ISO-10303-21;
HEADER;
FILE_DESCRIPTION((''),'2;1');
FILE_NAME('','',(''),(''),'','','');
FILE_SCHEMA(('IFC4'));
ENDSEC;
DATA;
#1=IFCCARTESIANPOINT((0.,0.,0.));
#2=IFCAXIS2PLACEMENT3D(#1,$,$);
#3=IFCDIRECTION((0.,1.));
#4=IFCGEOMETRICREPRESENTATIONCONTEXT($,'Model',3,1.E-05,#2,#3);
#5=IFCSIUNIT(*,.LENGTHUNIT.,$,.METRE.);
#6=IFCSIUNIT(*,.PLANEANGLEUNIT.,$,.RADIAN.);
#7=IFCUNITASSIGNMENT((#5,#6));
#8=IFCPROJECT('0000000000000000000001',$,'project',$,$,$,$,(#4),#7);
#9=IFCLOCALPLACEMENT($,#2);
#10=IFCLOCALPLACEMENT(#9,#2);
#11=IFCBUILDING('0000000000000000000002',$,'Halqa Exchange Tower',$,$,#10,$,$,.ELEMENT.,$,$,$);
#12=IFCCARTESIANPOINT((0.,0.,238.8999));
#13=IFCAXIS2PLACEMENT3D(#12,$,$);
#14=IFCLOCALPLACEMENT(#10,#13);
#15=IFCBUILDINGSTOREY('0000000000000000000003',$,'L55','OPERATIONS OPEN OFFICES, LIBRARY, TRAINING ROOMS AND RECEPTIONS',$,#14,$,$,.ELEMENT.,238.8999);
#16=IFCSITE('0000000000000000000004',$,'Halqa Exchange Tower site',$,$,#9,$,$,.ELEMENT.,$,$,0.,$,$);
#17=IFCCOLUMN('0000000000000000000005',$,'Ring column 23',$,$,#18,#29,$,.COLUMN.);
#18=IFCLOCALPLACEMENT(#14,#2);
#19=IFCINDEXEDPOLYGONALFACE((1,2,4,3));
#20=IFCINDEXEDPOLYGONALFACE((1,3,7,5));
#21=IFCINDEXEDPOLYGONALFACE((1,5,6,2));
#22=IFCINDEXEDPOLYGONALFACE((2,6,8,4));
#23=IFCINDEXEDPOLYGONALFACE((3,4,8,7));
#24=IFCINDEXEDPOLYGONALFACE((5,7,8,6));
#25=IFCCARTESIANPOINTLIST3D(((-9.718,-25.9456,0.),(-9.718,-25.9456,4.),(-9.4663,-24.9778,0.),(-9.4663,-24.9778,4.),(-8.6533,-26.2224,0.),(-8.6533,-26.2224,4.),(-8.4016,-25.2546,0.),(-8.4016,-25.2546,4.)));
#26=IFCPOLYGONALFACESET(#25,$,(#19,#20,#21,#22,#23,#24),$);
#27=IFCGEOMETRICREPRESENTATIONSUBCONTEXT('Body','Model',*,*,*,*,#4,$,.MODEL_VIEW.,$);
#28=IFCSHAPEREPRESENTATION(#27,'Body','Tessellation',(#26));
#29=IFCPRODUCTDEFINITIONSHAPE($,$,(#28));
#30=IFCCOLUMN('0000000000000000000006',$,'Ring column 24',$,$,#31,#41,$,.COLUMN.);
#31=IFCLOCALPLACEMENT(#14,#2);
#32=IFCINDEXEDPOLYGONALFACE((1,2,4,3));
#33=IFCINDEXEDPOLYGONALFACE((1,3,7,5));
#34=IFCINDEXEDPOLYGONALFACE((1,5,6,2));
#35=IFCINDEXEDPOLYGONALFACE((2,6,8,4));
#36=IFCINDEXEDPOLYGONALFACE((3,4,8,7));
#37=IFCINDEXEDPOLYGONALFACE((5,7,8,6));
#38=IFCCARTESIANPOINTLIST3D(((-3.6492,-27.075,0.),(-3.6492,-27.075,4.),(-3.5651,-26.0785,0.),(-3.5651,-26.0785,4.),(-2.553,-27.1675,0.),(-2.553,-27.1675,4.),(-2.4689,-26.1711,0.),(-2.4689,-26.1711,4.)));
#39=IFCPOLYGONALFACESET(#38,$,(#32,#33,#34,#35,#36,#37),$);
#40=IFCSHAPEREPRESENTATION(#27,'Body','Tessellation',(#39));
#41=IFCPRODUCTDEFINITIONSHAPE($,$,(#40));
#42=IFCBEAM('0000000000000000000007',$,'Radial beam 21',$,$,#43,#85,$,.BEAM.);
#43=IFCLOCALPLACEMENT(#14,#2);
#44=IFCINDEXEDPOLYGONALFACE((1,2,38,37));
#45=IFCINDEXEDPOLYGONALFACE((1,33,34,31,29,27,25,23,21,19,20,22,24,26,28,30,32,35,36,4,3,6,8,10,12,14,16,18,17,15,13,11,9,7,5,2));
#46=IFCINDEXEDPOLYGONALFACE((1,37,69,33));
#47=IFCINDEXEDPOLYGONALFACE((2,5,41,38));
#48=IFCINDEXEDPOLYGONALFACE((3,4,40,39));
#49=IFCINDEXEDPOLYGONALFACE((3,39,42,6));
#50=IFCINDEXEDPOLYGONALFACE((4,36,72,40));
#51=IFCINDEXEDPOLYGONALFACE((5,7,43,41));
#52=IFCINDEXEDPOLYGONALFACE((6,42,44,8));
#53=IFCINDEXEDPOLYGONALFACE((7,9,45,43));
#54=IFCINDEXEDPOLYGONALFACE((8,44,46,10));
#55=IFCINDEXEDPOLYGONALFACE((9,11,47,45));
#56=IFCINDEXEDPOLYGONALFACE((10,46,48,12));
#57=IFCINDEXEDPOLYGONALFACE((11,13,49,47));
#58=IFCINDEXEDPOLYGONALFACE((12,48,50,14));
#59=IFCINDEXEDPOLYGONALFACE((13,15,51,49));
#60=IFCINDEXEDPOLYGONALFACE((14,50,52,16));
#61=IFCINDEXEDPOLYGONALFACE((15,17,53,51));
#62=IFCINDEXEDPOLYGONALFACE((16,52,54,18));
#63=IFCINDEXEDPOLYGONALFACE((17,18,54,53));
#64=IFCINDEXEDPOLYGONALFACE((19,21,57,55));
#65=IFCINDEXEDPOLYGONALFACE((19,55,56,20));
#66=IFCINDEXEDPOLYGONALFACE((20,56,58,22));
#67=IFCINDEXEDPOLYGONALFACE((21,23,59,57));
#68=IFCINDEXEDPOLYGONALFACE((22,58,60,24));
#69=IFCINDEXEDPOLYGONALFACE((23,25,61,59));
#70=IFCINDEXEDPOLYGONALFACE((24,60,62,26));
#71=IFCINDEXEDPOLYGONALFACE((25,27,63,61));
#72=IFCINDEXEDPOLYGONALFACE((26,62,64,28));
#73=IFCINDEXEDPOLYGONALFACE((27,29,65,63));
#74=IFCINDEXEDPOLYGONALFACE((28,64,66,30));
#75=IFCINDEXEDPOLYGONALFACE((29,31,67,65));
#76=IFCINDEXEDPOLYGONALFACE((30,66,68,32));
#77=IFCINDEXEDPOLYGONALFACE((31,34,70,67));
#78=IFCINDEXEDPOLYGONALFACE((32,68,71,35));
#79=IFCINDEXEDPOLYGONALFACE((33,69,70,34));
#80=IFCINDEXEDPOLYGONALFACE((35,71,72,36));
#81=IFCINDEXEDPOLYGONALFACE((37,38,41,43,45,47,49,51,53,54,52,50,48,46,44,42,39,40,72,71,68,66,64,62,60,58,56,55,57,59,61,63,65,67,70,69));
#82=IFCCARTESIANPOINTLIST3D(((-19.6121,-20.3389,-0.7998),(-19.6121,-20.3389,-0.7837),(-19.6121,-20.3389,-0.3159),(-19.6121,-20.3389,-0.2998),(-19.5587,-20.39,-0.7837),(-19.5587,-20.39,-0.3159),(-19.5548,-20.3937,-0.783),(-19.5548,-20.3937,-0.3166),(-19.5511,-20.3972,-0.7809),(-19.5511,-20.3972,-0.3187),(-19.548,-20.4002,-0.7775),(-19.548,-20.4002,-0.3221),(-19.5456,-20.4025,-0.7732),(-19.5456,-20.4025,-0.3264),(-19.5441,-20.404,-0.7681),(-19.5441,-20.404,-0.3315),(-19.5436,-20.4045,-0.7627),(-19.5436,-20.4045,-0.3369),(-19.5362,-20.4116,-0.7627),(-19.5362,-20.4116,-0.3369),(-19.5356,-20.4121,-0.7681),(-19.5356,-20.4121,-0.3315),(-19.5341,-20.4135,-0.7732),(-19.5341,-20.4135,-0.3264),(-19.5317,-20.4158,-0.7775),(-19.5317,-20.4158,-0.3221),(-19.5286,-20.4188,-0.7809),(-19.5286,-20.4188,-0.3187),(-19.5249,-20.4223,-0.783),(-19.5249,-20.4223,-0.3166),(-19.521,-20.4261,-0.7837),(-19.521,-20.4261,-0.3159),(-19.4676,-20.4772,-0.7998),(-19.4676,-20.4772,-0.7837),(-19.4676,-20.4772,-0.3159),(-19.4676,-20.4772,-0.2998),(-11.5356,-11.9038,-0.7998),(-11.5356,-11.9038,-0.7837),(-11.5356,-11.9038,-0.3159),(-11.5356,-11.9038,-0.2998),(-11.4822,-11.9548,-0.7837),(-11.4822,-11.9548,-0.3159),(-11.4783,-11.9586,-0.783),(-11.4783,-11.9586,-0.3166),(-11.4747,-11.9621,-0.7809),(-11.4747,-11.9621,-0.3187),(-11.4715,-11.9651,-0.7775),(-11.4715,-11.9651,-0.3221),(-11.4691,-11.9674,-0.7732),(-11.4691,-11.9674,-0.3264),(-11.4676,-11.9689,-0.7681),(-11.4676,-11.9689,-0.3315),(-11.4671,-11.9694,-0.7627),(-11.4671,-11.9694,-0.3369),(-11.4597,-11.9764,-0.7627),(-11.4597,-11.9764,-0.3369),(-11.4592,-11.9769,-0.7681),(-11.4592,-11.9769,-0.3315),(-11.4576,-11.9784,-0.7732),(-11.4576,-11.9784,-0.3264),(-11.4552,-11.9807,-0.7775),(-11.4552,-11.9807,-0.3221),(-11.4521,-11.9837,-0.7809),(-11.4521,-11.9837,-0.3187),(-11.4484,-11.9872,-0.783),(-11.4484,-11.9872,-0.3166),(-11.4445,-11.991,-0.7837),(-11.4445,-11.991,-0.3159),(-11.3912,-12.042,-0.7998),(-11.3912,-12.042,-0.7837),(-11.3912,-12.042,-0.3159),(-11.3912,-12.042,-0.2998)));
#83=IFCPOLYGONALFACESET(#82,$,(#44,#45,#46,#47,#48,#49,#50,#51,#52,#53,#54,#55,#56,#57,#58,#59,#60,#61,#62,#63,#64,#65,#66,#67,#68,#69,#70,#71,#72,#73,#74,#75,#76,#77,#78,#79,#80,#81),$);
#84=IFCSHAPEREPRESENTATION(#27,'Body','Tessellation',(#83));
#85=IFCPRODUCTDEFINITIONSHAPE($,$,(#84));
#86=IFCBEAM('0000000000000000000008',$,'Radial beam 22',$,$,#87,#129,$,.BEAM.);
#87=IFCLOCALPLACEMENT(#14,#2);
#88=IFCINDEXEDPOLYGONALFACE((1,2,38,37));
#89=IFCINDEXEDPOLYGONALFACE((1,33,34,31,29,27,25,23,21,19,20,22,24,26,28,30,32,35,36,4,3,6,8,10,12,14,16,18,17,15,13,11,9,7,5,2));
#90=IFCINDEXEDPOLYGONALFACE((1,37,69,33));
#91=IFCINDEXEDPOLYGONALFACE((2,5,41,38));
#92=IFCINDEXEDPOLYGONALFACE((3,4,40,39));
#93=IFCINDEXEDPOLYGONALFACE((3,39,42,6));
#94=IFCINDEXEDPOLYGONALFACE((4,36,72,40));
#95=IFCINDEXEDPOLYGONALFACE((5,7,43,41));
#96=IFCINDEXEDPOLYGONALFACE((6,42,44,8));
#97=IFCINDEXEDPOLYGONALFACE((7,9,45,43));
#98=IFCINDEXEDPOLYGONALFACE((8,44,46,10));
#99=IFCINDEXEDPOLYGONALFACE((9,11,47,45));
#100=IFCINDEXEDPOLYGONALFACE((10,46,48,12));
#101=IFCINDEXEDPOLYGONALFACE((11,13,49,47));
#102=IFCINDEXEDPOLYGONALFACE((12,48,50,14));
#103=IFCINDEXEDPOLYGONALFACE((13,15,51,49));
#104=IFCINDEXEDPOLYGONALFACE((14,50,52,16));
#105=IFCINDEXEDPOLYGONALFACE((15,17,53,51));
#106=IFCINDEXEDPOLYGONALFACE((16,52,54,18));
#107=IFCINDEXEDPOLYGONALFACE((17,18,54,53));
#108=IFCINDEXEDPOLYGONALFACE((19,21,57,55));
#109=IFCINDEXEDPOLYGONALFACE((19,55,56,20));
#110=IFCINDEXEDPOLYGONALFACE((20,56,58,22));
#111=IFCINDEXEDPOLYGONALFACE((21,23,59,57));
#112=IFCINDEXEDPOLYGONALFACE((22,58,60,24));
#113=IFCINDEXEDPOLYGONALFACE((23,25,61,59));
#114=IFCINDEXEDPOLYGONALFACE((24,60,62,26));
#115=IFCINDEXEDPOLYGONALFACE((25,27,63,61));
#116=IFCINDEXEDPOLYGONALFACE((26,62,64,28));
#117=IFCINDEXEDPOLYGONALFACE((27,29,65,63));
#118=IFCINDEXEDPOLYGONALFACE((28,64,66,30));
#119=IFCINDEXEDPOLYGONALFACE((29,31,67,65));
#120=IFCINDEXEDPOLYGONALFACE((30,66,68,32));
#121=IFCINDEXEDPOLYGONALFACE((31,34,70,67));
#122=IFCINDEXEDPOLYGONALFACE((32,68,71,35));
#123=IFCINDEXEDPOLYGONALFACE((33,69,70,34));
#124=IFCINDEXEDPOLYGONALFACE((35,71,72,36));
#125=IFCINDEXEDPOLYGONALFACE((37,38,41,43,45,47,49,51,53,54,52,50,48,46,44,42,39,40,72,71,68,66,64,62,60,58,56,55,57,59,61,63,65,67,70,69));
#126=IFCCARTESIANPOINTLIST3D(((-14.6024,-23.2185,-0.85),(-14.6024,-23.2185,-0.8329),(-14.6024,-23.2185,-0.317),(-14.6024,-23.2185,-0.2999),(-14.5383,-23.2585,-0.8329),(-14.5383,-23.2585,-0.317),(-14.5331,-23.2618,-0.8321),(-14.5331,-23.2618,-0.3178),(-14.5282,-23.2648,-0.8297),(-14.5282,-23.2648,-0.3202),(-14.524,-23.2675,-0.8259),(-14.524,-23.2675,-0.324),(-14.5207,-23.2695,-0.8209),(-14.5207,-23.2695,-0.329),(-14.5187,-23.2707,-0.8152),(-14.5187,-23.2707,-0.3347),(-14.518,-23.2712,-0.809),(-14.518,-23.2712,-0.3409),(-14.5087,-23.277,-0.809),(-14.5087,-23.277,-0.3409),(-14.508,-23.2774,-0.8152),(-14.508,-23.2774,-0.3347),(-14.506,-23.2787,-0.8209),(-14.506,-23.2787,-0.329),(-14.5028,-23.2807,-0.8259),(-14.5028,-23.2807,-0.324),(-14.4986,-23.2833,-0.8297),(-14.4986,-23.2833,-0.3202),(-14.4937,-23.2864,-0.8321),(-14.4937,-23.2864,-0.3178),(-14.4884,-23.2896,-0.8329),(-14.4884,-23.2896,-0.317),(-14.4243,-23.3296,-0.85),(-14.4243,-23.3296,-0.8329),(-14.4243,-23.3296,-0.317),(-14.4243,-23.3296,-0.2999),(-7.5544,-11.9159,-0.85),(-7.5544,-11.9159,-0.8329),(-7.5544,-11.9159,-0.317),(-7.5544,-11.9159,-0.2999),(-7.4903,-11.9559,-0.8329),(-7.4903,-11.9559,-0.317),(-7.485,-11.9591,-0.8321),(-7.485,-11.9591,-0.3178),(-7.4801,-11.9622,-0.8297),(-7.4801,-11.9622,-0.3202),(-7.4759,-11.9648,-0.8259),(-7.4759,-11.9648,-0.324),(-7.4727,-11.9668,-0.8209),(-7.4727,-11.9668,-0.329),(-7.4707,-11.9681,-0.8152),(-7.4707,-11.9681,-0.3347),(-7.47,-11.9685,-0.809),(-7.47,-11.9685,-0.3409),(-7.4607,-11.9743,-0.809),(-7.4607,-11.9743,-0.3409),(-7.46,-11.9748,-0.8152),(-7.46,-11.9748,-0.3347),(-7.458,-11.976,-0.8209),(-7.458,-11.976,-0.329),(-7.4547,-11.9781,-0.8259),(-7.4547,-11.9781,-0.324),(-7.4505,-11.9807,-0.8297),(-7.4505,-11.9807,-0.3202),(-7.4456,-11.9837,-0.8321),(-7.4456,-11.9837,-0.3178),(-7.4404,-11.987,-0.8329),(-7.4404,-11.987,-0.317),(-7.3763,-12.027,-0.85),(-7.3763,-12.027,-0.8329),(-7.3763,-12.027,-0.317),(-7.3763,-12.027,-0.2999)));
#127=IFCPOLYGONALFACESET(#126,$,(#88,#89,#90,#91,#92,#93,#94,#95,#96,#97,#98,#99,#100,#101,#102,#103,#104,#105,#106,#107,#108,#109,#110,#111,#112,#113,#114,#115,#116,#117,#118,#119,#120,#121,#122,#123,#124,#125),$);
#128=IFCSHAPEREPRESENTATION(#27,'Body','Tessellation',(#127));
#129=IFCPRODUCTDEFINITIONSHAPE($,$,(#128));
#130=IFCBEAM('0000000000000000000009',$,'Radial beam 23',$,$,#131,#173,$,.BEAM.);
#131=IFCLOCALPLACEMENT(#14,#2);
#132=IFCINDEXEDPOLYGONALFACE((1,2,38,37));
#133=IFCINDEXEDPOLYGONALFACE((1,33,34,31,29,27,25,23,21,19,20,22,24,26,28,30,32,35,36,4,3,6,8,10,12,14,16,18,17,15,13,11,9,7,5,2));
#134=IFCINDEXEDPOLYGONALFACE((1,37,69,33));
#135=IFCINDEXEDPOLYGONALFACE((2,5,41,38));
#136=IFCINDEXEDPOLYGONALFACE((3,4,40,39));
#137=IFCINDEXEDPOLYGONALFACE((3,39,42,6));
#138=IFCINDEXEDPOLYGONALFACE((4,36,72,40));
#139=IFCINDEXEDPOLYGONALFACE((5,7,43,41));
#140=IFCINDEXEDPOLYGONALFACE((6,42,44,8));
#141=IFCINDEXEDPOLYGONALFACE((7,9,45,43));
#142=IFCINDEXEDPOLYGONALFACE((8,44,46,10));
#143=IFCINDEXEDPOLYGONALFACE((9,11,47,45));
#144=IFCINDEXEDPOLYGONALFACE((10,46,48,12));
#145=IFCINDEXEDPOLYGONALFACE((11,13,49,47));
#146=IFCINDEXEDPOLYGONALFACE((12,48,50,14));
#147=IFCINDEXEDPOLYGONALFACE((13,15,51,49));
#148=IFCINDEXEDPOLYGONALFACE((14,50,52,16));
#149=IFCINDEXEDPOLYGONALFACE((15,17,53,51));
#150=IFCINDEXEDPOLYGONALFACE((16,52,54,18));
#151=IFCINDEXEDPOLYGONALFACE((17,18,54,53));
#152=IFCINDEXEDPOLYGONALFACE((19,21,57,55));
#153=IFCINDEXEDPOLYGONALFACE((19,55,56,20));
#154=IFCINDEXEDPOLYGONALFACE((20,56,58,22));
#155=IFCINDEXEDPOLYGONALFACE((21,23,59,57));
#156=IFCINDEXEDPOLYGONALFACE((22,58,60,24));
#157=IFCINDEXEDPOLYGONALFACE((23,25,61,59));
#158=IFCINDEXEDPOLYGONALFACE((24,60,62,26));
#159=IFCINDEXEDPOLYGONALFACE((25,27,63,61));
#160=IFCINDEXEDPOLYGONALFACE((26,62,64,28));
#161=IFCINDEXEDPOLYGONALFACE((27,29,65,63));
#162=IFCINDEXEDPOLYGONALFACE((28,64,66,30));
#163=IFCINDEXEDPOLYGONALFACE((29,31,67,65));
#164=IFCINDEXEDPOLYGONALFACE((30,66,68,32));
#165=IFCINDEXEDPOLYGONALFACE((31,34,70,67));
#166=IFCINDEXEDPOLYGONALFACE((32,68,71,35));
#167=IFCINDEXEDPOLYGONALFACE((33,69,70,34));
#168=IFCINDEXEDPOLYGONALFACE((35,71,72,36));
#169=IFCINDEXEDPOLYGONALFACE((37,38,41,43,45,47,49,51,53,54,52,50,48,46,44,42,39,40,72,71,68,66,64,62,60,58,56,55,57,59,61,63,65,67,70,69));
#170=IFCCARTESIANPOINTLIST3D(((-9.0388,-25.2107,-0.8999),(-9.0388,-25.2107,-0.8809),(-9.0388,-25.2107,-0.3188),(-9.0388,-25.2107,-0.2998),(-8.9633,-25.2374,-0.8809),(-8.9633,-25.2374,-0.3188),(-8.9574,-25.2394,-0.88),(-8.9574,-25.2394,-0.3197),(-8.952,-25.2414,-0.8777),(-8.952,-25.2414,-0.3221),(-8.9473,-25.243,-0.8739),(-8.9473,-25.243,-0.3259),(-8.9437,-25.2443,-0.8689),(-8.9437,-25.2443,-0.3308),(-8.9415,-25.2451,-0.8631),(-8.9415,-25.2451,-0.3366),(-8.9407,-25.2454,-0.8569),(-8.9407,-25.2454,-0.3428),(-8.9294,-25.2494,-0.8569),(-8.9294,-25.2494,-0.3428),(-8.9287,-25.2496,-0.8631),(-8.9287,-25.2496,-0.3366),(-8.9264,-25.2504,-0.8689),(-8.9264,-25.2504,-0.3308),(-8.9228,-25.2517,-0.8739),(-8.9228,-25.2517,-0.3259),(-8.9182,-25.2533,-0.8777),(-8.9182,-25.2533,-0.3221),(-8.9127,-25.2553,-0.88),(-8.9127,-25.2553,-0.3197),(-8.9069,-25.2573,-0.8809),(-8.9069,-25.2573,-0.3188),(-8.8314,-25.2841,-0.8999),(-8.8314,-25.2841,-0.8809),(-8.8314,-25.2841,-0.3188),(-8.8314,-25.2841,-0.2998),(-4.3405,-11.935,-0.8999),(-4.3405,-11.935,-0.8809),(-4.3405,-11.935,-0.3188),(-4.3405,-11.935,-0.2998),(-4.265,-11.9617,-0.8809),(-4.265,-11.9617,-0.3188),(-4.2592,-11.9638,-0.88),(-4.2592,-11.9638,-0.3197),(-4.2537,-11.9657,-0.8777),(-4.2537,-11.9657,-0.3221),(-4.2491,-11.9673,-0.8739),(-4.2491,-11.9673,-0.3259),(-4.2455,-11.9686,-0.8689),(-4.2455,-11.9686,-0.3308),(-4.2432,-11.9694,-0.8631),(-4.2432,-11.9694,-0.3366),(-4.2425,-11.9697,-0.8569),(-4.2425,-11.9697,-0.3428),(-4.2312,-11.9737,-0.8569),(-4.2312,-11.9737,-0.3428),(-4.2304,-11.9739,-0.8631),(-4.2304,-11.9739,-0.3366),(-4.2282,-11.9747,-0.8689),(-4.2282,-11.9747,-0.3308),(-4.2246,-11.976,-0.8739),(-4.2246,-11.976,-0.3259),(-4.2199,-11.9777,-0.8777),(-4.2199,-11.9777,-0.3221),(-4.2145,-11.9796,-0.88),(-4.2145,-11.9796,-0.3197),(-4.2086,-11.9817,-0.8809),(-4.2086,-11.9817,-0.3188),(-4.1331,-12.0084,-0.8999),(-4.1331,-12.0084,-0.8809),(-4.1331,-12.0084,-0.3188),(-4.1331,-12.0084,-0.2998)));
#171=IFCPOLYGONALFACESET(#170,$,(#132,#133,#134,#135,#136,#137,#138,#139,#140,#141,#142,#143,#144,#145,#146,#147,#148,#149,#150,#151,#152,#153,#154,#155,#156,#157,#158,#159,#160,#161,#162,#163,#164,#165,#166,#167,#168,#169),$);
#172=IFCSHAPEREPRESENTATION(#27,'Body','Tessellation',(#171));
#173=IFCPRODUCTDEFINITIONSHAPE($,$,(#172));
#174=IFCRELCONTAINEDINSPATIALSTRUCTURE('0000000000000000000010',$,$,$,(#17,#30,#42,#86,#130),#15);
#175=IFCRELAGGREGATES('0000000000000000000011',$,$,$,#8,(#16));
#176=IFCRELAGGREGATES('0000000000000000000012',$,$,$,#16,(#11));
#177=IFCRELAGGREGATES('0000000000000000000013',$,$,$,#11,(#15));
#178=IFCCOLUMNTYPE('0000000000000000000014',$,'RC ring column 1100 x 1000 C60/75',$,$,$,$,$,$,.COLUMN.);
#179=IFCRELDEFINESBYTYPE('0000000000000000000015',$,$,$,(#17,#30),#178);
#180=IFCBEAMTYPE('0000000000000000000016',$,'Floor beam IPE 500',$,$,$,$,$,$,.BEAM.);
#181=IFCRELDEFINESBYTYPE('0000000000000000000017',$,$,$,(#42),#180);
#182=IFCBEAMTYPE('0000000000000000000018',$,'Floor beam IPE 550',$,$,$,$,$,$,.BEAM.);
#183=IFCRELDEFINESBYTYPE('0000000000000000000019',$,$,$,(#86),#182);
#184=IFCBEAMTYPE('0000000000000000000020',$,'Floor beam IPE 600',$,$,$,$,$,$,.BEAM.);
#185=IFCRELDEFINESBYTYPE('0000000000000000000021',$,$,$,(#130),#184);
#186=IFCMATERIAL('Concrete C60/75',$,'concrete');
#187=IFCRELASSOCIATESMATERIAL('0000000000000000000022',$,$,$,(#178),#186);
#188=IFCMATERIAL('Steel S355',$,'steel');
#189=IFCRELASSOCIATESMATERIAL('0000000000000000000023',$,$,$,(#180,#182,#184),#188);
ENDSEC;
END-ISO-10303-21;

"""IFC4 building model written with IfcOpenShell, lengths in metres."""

from ifc_helpers import new_model, si_unit, direction, frame, origin, origin_2d, place, context, subcontext, project, spatial, rectangle, i_section, extrude, material, material_profile, profile_set, type_object, element, save


model = new_model("IFC4")

# Units and contexts
model_context = context("Model", 3, precision=1e-05, world=origin(), true_north=direction((0.0, 1.0)))
body_context = subcontext(model_context, "Body", "Model", "MODEL_VIEW")
ifc_project = project(units=[si_unit("LENGTHUNIT", "METRE"), si_unit("PLANEANGLEUNIT", "RADIAN")], contexts=[model_context])

# Site, building, storey
site_placement = place(None, origin())
site = spatial("IfcSite", under=ifc_project, at=site_placement, Name="Halqa Exchange Tower site", CompositionType="ELEMENT", RefElevation=0.0)
building_placement = place(site_placement, origin())
building = spatial("IfcBuilding", under=site, at=building_placement, Name="Halqa Exchange Tower", CompositionType="ELEMENT")
storey_placement = place(building_placement, frame((0.0, 0.0, 238.8999)))
storey = spatial("IfcBuildingStorey", under=building, at=storey_placement, Name="L55", Description="OPERATIONS OPEN OFFICES, LIBRARY, TRAINING ROOMS AND RECEPTIONS", CompositionType="ELEMENT", Elevation=238.8999)

# Columns
ifc_material_1 = material(Name="Concrete C60/75", Category="concrete")
ifc_material_profile_1 = material_profile(ifc_material_1, rectangle(XDim=1.1001, YDim=1.0, at=origin_2d()), Name="1100 x 1000")
ifc_profile_set_1 = profile_set([ifc_material_profile_1], Name="Concrete C60/75")
column_type = type_object("IfcColumnType", Name="RC ring column 1100 x 1000 C60/75", PredefinedType="COLUMN", material=ifc_profile_set_1)
for number, where, z_axis, x_axis, name in (
    (1, (-9.0598, -25.6001, 0.0), (0.0, 0.0, 1.0), (0.96782, -0.251645, 0.0), "Ring column 23"),
    (2, (-3.0591, -26.623, 0.0), (0.0, 0.0, 1.0), (0.996456, -0.084121, 0.0), "Ring column 24"),
):
    element("IfcColumn", number, at=place(storey_placement, frame(where, z_axis=z_axis, x_axis=x_axis)), inside=storey, type_object=column_type, Name=name, PredefinedType="COLUMN", context=body_context, shape_type="SweptSolid", body=[
        extrude(rectangle(XDim=1.1001, YDim=1.0, at=origin_2d()), origin(), (0.0, 0.0, 1.0), 4.0),
    ])

# Beams
ifc_material_2 = material(Name="Steel S355", Category="steel")
ifc_material_profile_2 = material_profile(ifc_material_2, i_section(OverallWidth=0.2, OverallDepth=0.5, WebThickness=0.0103, FlangeThickness=0.0161, FilletRadius=0.021, at=origin_2d()), Name="IPE 500")
ifc_profile_set_2 = profile_set([ifc_material_profile_2], Name="Steel S355")
beam_type_1 = type_object("IfcBeamType", Name="Floor beam IPE 500", PredefinedType="BEAM", material=ifc_profile_set_2)
beam_1_placement = place(storey_placement, frame((-11.4634, -11.9729, -0.5498), z_axis=(-0.691585, -0.722295, 0.0), x_axis=(0.722295, -0.691585, 0.0)))
element("IfcBeam", 3, at=beam_1_placement, inside=storey, type_object=beam_type_1, Name="Radial beam 21", PredefinedType="BEAM", context=body_context, shape_type="SweptSolid", body=[
    extrude(i_section(OverallWidth=0.2, OverallDepth=0.5, WebThickness=0.0103, FlangeThickness=0.0161, FilletRadius=0.021, at=origin_2d()), origin(), (0.0, 0.0, 1.0), 11.6782),
])
ifc_material_profile_3 = material_profile(ifc_material_2, i_section(OverallWidth=0.21, OverallDepth=0.55, WebThickness=0.011, FlangeThickness=0.0171, FilletRadius=0.0239, at=origin_2d()), Name="IPE 550")
ifc_profile_set_3 = profile_set([ifc_material_profile_3], Name="Steel S355")
beam_type_2 = type_object("IfcBeamType", Name="Floor beam IPE 550", PredefinedType="BEAM", material=ifc_profile_set_3)
beam_2_placement = place(storey_placement, frame((-7.4653, -11.9714, -0.575), z_axis=(-0.529129, -0.848542, 0.0), x_axis=(0.848542, -0.529129, 0.0)))
element("IfcBeam", 4, at=beam_2_placement, inside=storey, type_object=beam_type_2, Name="Radial beam 22", PredefinedType="BEAM", context=body_context, shape_type="SweptSolid", body=[
    extrude(i_section(OverallWidth=0.21, OverallDepth=0.55, WebThickness=0.011, FlangeThickness=0.0171, FilletRadius=0.0239, at=origin_2d()), origin(), (0.0, 0.0, 1.0), 13.3201),
])
ifc_material_profile_4 = material_profile(ifc_material_2, i_section(OverallWidth=0.22, OverallDepth=0.6001, WebThickness=0.012, FlangeThickness=0.019, FilletRadius=0.0239, at=origin_2d()), Name="IPE 600")
ifc_profile_set_4 = profile_set([ifc_material_profile_4], Name="Steel S355")
beam_type_3 = type_object("IfcBeamType", Name="Floor beam IPE 600", PredefinedType="BEAM", material=ifc_profile_set_4)
beam_3_placement = place(storey_placement, frame((-4.2368, -11.9717, -0.5999), z_axis=(-0.333623, -0.942706, 0.0), x_axis=(0.942706, -0.333623, 0.0)))
element("IfcBeam", 5, at=beam_3_placement, inside=storey, type_object=beam_type_3, Name="Radial beam 23", PredefinedType="BEAM", context=body_context, shape_type="SweptSolid", body=[
    extrude(i_section(OverallWidth=0.22, OverallDepth=0.6001, WebThickness=0.012, FlangeThickness=0.019, FilletRadius=0.0239, at=origin_2d()), origin(), (0.0, 0.0, 1.0), 14.0825),
])

save(model, "model.ifc")
